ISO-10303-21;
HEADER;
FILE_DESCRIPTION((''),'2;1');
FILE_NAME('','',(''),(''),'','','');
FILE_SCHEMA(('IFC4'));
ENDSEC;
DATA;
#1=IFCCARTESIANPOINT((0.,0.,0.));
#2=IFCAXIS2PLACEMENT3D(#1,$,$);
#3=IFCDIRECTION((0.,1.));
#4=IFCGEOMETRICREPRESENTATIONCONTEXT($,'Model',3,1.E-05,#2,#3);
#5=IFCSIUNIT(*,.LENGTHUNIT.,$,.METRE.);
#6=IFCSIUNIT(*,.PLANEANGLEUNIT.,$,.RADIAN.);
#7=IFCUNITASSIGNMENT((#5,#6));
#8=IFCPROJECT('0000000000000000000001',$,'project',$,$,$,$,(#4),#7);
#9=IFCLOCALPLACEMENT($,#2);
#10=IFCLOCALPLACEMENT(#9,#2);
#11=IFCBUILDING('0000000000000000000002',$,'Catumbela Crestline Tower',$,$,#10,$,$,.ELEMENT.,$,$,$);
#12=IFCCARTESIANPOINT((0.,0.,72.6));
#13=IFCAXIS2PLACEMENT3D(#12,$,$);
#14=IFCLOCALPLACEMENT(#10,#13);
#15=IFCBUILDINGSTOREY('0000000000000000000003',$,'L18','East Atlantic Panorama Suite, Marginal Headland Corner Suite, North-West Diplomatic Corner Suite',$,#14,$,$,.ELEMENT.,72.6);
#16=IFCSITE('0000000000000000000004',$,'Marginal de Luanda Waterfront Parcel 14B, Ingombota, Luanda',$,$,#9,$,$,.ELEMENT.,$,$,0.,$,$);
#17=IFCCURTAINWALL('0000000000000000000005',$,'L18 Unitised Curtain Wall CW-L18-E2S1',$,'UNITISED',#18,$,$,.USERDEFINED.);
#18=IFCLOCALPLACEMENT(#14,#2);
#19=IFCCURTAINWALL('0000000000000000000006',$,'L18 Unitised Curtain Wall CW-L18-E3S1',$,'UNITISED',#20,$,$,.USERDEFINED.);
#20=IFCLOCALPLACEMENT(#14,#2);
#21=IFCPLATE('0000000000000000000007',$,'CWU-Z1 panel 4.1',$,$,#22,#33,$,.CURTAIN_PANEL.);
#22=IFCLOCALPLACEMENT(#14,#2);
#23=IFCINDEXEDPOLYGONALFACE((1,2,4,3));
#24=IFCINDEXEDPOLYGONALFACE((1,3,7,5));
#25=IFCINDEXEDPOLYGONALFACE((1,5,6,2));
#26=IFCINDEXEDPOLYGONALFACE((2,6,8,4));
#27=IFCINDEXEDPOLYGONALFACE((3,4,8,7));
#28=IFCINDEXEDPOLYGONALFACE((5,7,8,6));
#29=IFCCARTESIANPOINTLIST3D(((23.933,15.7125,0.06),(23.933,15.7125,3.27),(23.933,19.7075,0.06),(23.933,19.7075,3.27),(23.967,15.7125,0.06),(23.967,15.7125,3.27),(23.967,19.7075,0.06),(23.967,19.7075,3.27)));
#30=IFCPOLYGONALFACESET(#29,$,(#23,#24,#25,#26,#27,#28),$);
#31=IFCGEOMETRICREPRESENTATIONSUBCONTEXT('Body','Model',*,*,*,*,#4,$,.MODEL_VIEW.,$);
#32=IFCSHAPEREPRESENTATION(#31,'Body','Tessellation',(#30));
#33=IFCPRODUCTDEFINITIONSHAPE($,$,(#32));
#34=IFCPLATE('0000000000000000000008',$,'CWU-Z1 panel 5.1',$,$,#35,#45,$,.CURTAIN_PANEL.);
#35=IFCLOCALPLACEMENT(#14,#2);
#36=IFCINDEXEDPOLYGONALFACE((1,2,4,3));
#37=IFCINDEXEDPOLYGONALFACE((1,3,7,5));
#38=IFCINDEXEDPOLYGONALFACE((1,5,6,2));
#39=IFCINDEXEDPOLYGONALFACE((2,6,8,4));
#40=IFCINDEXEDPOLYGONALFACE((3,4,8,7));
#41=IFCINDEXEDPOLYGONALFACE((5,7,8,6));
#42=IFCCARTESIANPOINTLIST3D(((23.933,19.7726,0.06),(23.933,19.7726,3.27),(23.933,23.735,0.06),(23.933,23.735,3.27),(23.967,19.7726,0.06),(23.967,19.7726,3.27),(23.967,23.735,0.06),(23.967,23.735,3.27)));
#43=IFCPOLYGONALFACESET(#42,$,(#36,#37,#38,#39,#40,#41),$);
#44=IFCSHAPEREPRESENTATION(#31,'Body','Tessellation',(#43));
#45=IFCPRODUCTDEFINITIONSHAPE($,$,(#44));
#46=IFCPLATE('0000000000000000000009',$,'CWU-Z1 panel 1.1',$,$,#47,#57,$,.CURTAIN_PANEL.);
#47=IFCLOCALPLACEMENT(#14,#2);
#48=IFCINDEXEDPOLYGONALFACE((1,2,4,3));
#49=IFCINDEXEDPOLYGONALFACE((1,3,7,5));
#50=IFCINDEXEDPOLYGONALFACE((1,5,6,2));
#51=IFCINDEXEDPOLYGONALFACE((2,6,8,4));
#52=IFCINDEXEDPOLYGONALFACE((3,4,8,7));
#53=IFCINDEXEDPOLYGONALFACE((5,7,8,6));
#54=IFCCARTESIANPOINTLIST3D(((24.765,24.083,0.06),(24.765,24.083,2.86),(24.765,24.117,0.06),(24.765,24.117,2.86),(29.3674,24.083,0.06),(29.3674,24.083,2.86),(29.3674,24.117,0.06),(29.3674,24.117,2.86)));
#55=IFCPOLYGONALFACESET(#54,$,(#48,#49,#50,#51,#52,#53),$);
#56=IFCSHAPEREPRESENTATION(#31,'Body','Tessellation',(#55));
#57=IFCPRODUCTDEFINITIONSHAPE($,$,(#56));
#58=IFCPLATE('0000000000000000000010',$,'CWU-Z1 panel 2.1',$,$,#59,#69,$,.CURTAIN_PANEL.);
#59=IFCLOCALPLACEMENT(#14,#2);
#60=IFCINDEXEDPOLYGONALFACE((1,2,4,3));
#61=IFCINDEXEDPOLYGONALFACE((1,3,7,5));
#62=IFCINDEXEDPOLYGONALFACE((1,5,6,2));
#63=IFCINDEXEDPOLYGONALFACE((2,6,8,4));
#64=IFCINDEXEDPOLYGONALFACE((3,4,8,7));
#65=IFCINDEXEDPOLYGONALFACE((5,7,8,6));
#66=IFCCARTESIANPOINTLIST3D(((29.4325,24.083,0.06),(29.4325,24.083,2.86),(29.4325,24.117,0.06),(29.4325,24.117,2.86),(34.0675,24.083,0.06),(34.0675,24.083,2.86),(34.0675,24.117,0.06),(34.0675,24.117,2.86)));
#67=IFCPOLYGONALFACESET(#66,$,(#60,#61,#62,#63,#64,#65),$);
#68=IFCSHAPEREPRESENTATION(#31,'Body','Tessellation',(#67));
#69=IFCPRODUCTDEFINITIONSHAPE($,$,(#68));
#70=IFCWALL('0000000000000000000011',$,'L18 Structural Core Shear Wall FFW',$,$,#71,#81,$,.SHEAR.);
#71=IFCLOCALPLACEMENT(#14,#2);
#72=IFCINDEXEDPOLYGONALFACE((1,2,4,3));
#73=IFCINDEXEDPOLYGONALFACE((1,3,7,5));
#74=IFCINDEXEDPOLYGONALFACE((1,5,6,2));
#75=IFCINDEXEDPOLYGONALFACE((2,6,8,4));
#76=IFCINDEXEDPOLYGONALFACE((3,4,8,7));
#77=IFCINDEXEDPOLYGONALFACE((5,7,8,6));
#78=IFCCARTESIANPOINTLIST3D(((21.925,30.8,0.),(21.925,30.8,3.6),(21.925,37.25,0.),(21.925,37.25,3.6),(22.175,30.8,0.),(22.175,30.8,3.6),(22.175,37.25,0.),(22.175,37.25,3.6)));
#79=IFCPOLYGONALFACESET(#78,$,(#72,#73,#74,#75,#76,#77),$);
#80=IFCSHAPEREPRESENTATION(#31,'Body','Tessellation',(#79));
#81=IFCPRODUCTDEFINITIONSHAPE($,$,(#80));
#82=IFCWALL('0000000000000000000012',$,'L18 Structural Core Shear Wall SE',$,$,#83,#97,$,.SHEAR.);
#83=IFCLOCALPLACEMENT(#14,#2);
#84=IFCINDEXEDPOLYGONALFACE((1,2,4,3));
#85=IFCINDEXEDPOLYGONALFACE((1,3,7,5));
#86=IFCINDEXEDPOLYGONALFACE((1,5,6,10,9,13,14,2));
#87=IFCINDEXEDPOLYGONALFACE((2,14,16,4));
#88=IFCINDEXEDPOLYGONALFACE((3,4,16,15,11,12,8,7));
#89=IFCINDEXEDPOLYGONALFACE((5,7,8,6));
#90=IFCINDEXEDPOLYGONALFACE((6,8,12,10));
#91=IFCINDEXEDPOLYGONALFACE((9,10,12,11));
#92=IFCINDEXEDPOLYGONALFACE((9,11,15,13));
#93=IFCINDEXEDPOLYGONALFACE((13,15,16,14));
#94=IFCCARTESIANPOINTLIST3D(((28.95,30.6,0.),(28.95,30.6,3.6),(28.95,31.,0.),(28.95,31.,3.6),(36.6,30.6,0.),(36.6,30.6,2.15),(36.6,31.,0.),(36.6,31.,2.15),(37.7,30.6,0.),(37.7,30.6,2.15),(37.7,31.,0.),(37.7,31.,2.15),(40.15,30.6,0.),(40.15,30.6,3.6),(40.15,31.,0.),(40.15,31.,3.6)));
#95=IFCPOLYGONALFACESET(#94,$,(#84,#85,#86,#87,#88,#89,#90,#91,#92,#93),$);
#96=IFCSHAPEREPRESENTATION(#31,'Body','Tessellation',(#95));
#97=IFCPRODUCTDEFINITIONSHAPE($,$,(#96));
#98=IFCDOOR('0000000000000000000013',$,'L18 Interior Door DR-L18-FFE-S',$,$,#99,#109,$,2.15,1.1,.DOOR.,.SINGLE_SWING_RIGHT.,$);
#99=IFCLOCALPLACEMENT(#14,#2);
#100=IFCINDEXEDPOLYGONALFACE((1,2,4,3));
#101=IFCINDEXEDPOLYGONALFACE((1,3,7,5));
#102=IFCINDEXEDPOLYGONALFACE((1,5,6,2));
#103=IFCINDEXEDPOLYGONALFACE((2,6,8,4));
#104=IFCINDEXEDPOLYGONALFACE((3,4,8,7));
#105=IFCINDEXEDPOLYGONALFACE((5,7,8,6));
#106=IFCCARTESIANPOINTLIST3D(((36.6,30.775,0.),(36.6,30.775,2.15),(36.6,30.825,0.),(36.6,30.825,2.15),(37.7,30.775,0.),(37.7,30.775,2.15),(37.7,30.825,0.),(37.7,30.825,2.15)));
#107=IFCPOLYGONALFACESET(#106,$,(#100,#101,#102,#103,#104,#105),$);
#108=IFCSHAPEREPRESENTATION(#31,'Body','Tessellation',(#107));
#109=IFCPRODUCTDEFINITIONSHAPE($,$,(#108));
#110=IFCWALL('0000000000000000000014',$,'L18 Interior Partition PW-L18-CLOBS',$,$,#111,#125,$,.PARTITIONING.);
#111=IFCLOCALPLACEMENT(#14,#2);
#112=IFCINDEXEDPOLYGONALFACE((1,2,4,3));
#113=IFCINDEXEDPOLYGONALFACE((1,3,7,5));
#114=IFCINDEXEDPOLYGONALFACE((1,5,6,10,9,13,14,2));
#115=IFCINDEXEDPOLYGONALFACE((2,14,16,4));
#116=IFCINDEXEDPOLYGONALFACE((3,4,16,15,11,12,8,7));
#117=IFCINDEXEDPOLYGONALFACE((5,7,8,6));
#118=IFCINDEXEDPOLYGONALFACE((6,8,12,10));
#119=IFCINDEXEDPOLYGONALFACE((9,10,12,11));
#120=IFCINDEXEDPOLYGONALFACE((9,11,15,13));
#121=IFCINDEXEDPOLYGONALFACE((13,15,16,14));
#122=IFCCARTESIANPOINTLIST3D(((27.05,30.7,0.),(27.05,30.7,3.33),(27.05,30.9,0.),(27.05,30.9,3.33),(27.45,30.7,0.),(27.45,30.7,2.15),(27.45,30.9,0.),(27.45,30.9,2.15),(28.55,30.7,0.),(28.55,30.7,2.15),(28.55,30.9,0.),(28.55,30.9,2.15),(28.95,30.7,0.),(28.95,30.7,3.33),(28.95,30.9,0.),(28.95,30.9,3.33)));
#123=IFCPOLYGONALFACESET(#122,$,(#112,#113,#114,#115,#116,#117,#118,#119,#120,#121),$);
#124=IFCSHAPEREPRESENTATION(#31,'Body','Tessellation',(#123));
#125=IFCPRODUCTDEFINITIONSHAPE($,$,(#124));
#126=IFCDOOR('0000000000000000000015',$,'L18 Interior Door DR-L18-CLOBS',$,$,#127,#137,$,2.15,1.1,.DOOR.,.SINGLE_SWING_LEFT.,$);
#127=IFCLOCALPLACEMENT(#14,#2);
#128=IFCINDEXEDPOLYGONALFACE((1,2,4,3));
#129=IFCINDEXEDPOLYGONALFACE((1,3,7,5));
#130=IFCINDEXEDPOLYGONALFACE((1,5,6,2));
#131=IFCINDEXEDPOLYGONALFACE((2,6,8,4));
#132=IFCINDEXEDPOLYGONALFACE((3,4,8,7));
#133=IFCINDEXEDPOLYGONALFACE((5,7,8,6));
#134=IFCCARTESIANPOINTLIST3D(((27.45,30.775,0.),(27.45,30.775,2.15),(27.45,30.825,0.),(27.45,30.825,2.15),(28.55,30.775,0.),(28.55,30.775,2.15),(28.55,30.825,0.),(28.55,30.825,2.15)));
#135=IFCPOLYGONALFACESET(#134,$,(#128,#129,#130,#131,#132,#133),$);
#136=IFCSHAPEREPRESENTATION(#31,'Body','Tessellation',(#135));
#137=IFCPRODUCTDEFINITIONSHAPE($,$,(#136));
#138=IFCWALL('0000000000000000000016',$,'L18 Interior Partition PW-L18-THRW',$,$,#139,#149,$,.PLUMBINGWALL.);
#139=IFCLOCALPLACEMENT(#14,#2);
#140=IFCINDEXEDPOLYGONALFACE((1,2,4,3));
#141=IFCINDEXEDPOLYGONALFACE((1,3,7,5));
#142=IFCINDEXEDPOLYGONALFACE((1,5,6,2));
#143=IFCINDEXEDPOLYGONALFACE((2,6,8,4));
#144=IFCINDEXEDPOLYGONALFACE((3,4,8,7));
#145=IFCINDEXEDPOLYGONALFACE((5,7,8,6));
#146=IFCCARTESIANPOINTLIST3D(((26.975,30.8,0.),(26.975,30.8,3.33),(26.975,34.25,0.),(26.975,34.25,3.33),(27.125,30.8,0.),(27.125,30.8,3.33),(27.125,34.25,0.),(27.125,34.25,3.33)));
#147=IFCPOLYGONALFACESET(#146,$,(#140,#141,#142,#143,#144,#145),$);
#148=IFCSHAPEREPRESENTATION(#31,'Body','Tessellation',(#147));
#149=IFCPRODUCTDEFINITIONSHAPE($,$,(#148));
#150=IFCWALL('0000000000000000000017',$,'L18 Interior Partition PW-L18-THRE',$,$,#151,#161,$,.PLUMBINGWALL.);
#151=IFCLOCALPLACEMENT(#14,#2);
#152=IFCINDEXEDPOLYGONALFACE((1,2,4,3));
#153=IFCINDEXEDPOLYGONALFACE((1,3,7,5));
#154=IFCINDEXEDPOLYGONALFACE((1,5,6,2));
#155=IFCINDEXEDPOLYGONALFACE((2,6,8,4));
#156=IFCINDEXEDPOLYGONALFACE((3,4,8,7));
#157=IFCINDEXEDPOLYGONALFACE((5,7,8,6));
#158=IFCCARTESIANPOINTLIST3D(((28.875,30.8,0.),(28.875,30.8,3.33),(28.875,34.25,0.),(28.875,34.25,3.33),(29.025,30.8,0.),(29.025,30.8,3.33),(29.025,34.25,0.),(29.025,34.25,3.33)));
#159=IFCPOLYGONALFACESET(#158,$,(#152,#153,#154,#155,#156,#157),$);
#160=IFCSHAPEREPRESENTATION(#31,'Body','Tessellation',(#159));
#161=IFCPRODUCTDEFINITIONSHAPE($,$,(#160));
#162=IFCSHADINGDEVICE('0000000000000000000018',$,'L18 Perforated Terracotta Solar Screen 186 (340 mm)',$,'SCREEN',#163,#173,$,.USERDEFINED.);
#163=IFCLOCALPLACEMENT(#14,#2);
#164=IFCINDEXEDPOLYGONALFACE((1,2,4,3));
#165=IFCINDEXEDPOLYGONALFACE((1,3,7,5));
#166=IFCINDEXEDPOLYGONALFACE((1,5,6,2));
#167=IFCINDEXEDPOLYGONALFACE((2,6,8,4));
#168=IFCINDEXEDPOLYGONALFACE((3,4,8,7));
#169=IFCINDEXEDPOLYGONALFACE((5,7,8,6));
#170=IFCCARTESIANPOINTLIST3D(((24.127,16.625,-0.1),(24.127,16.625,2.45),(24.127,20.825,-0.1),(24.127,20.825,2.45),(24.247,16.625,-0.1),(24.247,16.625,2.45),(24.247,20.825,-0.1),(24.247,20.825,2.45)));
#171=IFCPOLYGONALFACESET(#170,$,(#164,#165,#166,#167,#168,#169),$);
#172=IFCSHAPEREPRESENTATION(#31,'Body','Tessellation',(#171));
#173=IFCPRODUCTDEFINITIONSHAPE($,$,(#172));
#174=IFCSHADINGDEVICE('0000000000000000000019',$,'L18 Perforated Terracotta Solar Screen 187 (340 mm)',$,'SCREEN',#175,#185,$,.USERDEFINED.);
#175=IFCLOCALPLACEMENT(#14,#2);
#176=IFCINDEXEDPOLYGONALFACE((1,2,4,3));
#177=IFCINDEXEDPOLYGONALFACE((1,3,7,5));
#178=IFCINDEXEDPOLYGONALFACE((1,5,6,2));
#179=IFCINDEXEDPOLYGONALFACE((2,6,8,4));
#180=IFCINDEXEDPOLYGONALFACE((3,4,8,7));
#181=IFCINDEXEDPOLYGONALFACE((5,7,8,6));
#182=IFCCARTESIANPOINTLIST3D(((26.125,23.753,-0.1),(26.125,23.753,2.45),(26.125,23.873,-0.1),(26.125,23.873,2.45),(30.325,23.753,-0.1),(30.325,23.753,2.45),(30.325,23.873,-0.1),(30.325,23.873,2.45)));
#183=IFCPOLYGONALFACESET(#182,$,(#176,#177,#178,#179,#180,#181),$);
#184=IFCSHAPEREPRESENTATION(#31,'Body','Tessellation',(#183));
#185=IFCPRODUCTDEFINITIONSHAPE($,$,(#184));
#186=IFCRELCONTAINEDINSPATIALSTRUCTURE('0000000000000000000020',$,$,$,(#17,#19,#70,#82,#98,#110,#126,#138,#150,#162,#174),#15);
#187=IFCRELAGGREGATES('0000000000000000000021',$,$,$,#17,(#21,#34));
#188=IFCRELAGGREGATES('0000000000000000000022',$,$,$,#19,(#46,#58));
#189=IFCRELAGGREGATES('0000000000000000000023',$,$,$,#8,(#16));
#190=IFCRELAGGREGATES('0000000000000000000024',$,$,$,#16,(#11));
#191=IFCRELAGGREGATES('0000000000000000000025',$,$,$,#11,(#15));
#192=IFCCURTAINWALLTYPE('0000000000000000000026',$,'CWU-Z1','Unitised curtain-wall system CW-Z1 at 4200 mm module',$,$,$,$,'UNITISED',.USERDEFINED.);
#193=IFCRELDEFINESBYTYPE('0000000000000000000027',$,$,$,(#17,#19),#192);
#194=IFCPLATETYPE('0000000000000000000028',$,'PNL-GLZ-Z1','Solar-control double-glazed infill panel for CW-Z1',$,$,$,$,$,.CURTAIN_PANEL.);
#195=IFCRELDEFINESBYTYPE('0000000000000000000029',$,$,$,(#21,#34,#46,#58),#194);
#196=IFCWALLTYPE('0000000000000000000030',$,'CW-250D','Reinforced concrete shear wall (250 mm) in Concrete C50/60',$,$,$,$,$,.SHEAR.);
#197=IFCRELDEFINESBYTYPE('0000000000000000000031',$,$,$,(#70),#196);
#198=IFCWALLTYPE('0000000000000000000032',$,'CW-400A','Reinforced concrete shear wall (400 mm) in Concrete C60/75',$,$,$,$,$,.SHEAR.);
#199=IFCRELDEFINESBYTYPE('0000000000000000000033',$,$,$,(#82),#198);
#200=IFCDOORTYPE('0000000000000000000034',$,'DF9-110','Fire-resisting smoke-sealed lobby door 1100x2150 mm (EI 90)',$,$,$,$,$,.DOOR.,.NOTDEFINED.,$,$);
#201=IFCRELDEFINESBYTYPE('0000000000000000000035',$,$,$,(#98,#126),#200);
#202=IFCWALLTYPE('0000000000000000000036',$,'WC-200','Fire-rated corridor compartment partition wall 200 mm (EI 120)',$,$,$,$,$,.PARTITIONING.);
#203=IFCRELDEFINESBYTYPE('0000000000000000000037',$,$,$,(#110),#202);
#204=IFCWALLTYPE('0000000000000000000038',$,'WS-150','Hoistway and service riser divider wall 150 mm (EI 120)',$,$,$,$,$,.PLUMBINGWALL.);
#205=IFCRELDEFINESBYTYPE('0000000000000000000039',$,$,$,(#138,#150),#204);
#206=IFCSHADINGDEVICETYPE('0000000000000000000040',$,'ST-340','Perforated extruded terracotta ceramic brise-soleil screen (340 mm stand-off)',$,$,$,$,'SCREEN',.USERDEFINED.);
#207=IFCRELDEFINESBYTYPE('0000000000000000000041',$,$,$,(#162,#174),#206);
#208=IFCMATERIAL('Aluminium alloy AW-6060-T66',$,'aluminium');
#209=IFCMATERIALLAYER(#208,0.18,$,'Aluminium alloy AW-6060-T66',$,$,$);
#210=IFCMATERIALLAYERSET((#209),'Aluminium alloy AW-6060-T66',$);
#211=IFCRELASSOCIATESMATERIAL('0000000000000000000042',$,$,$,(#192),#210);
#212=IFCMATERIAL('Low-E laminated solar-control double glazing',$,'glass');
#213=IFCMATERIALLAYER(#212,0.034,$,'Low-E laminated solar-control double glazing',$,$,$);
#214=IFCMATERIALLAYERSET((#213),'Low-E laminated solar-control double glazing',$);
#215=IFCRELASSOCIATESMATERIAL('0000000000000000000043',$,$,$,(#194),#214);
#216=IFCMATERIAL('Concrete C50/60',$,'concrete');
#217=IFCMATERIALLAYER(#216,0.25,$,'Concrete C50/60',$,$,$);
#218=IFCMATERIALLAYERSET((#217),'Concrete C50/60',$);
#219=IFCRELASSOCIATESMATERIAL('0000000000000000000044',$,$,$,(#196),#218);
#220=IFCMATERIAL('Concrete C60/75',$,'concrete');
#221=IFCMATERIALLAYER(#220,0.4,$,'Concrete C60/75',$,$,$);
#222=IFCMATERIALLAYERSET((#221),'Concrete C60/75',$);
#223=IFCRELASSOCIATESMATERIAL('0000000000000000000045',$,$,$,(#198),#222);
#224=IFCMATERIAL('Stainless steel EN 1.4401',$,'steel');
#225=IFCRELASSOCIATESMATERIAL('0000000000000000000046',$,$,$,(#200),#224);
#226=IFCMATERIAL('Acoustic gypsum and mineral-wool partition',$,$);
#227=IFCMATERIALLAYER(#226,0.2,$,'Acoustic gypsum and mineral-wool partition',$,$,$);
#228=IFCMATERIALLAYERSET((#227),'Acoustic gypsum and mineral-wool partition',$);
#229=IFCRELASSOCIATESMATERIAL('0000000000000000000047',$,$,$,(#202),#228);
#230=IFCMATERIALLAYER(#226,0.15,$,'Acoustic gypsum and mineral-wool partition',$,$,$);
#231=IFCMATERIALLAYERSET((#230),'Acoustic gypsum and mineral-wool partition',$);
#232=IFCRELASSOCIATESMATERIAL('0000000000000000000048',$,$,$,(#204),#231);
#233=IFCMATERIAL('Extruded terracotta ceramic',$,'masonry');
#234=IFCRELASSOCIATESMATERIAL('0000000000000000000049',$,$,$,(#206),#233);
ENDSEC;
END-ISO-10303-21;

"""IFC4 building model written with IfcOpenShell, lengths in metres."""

from ifc_helpers import new_model, si_unit, direction, frame, frame_2d, origin, origin_2d, place, context, subcontext, project, spatial, rectangle, extrude, material, layer, layer_set, type_object, element, fill, aggregate, save


model = new_model("IFC4")

# Units and contexts
model_context = context("Model", 3, precision=1e-05, world=origin(), true_north=direction((0.0, 1.0)))
body_context = subcontext(model_context, "Body", "Model", "MODEL_VIEW")
ifc_project = project(units=[si_unit("LENGTHUNIT", "METRE"), si_unit("PLANEANGLEUNIT", "RADIAN")], contexts=[model_context])

# Site, building, storey
site_placement = place(None, origin())
site = spatial("IfcSite", under=ifc_project, at=site_placement, Name="Marginal de Luanda Waterfront Parcel 14B, Ingombota, Luanda", CompositionType="ELEMENT", RefElevation=0.0)
building_placement = place(site_placement, origin())
building = spatial("IfcBuilding", under=site, at=building_placement, Name="Catumbela Crestline Tower", CompositionType="ELEMENT")
storey_placement = place(building_placement, frame((0.0, 0.0, 72.6)))
storey = spatial("IfcBuildingStorey", under=building, at=storey_placement, Name="L18", Description="East Atlantic Panorama Suite, Marginal Headland Corner Suite, North-West Diplomatic Corner Suite", CompositionType="ELEMENT", Elevation=72.6)

# Shared definitions
ifc_material_1 = material(Name="Concrete C60/75", Category="concrete")

# Curtain walls
ifc_material_2 = material(Name="Aluminium alloy AW-6060-T66", Category="aluminium")
ifc_layer_1 = layer(ifc_material_2, 0.18, Name="Aluminium alloy AW-6060-T66")
ifc_layer_set_1 = layer_set([ifc_layer_1], Name="Aluminium alloy AW-6060-T66")
curtain_wall_type = type_object("IfcCurtainWallType", Name="CWU-Z1", Description="Unitised curtain-wall system CW-Z1 at 4200 mm module", ElementType="UNITISED", PredefinedType="USERDEFINED", material=ifc_layer_set_1)
curtain_wall_1_placement = place(storey_placement, origin())
curtain_wall_1 = element("IfcCurtainWall", 1, at=curtain_wall_1_placement, inside=storey, type_object=curtain_wall_type, Name="L18 Unitised Curtain Wall CW-L18-E2S1", ObjectType="UNITISED", PredefinedType="USERDEFINED")
curtain_wall_2_placement = place(storey_placement, origin())
curtain_wall_2 = element("IfcCurtainWall", 2, at=curtain_wall_2_placement, inside=storey, type_object=curtain_wall_type, Name="L18 Unitised Curtain Wall CW-L18-E3S1", ObjectType="UNITISED", PredefinedType="USERDEFINED")

# Plates
ifc_material_3 = material(Name="Low-E laminated solar-control double glazing", Category="glass")
ifc_layer_2 = layer(ifc_material_3, 0.034, Name="Low-E laminated solar-control double glazing")
ifc_layer_set_2 = layer_set([ifc_layer_2], Name="Low-E laminated solar-control double glazing")
plate_type = type_object("IfcPlateType", Name="PNL-GLZ-Z1", Description="Solar-control double-glazed infill panel for CW-Z1", PredefinedType="CURTAIN_PANEL", material=ifc_layer_set_2)
plate_1_placement = place(storey_placement, frame((23.95, 17.71, 0.06), z_axis=(0.0, 0.0, 1.0), x_axis=(0.0, 1.0, 0.0)))
plate_1 = element("IfcPlate", 3, at=plate_1_placement, type_object=plate_type, Name="CWU-Z1 panel 4.1", PredefinedType="CURTAIN_PANEL", context=body_context, shape_type="SweptSolid", body=[
    extrude(rectangle(XDim=3.995, YDim=0.034, at=origin_2d()), origin(), (0.0, 0.0, 1.0), 3.21),
])
plate_2_placement = place(storey_placement, frame((23.95, 21.7538, 0.06), z_axis=(0.0, 0.0, 1.0), x_axis=(0.0, 1.0, 0.0)))
plate_2 = element("IfcPlate", 4, at=plate_2_placement, type_object=plate_type, Name="CWU-Z1 panel 5.1", PredefinedType="CURTAIN_PANEL", context=body_context, shape_type="SweptSolid", body=[
    extrude(rectangle(XDim=3.9625, YDim=0.034, at=origin_2d()), origin(), (0.0, 0.0, 1.0), 3.21),
])
aggregate(curtain_wall_1, [plate_1, plate_2])
plate_3_placement = place(storey_placement, frame((27.0662, 24.1, 0.06), z_axis=(0.0, 0.0, 1.0), x_axis=(1.0, 0.0, 0.0)))
plate_3 = element("IfcPlate", 5, at=plate_3_placement, type_object=plate_type, Name="CWU-Z1 panel 1.1", PredefinedType="CURTAIN_PANEL", context=body_context, shape_type="SweptSolid", body=[
    extrude(rectangle(XDim=4.6025, YDim=0.034, at=origin_2d()), origin(), (0.0, 0.0, 1.0), 2.8),
])
plate_4_placement = place(storey_placement, frame((31.75, 24.1, 0.06), z_axis=(0.0, 0.0, 1.0), x_axis=(1.0, 0.0, 0.0)))
plate_4 = element("IfcPlate", 6, at=plate_4_placement, type_object=plate_type, Name="CWU-Z1 panel 2.1", PredefinedType="CURTAIN_PANEL", context=body_context, shape_type="SweptSolid", body=[
    extrude(rectangle(XDim=4.635, YDim=0.034, at=origin_2d()), origin(), (0.0, 0.0, 1.0), 2.8),
])
aggregate(curtain_wall_2, [plate_3, plate_4])

# Wall
ifc_material_4 = material(Name="Concrete C50/60", Category="concrete")
ifc_layer_3 = layer(ifc_material_4, 0.25, Name="Concrete C50/60")
ifc_layer_set_3 = layer_set([ifc_layer_3], Name="Concrete C50/60")
wall_type_1 = type_object("IfcWallType", Name="CW-250D", Description="Reinforced concrete shear wall (250 mm) in Concrete C50/60", PredefinedType="SHEAR", material=ifc_layer_set_3)
wall_1_placement = place(storey_placement, frame((22.05, 30.8, 0.0), z_axis=(0.0, 0.0, 1.0), x_axis=(0.0, 1.0, 0.0)))
element("IfcWall", 7, at=wall_1_placement, inside=storey, type_object=wall_type_1, Name="L18 Structural Core Shear Wall FFW", PredefinedType="SHEAR", context=body_context, shape_type="SweptSolid", body=[
    extrude(rectangle(XDim=6.45, YDim=0.25, at=frame_2d((3.225, 0.0))), origin(), (0.0, 0.0, 1.0), 3.6),
])

# Walls, openings, doors
ifc_layer_4 = layer(ifc_material_1, 0.4, Name="Concrete C60/75")
ifc_layer_set_4 = layer_set([ifc_layer_4], Name="Concrete C60/75")
wall_type_2 = type_object("IfcWallType", Name="CW-400A", Description="Reinforced concrete shear wall (400 mm) in Concrete C60/75", PredefinedType="SHEAR", material=ifc_layer_set_4)
wall_2_placement = place(storey_placement, frame((28.95, 30.8, 0.0), z_axis=(0.0, 0.0, 1.0), x_axis=(1.0, 0.0, 0.0)))
wall_2 = element("IfcWall", 8, at=wall_2_placement, inside=storey, type_object=wall_type_2, Name="L18 Structural Core Shear Wall SE", PredefinedType="SHEAR", context=body_context, shape_type="SweptSolid", body=[
    extrude(rectangle(XDim=11.2, YDim=0.4, at=frame_2d((5.6, 0.0))), origin(), (0.0, 0.0, 1.0), 3.6),
])
opening_1_placement = place(wall_2_placement, frame((7.65, 0.0, 0.0)))
opening_1 = element("IfcOpeningElement", 9, at=opening_1_placement, cuts=wall_2, PredefinedType="OPENING", context=body_context, shape_type="SweptSolid", body=[
    extrude(rectangle(XDim=1.1, YDim=2.15, at=frame_2d((0.55, 1.075))), frame((0.0, 0.21, 0.0), z_axis=(0.0, -1.0, 0.0), x_axis=(1.0, 0.0, 0.0)), (0.0, 0.0, 1.0), 0.42),
])
ifc_material_5 = material(Name="Stainless steel EN 1.4401", Category="steel")
door_type = type_object("IfcDoorType", Name="DF9-110", Description="Fire-resisting smoke-sealed lobby door 1100x2150 mm (EI 90)", OperationType="NOTDEFINED", PredefinedType="DOOR", material=ifc_material_5)
door_1_placement = place(opening_1_placement, origin())
door_1 = element("IfcDoor", 10, at=door_1_placement, inside=storey, type_object=door_type, Name="L18 Interior Door DR-L18-FFE-S", OperationType="SINGLE_SWING_RIGHT", OverallHeight=2.15, OverallWidth=1.1, PredefinedType="DOOR", context=body_context, shape_type="SweptSolid", body=[
    extrude(rectangle(XDim=1.1, YDim=2.15, at=frame_2d((0.55, 1.075))), frame((0.0, 0.025, 0.0), z_axis=(0.0, -1.0, 0.0), x_axis=(1.0, 0.0, 0.0)), (0.0, 0.0, 1.0), 0.05),
])
fill(opening_1, door_1)
ifc_material_6 = material(Name="Acoustic gypsum and mineral-wool partition")
ifc_layer_5 = layer(ifc_material_6, 0.2, Name="Acoustic gypsum and mineral-wool partition")
ifc_layer_set_5 = layer_set([ifc_layer_5], Name="Acoustic gypsum and mineral-wool partition")
wall_type_3 = type_object("IfcWallType", Name="WC-200", Description="Fire-rated corridor compartment partition wall 200 mm (EI 120)", PredefinedType="PARTITIONING", material=ifc_layer_set_5)
wall_3_placement = place(storey_placement, frame((27.05, 30.8, 0.0), z_axis=(0.0, 0.0, 1.0), x_axis=(1.0, 0.0, 0.0)))
wall_3 = element("IfcWall", 11, at=wall_3_placement, inside=storey, type_object=wall_type_3, Name="L18 Interior Partition PW-L18-CLOBS", PredefinedType="PARTITIONING", context=body_context, shape_type="SweptSolid", body=[
    extrude(rectangle(XDim=1.9, YDim=0.2, at=frame_2d((0.95, 0.0))), origin(), (0.0, 0.0, 1.0), 3.33),
])
opening_2_placement = place(wall_3_placement, frame((0.4, 0.0, 0.0)))
opening_2 = element("IfcOpeningElement", 12, at=opening_2_placement, cuts=wall_3, PredefinedType="OPENING", context=body_context, shape_type="SweptSolid", body=[
    extrude(rectangle(XDim=1.1, YDim=2.15, at=frame_2d((0.55, 1.075))), frame((0.0, 0.11, 0.0), z_axis=(0.0, -1.0, 0.0), x_axis=(1.0, 0.0, 0.0)), (0.0, 0.0, 1.0), 0.22),
])
door_2_placement = place(opening_2_placement, origin())
door_2 = element("IfcDoor", 13, at=door_2_placement, inside=storey, type_object=door_type, Name="L18 Interior Door DR-L18-CLOBS", OperationType="SINGLE_SWING_LEFT", OverallHeight=2.15, OverallWidth=1.1, PredefinedType="DOOR", context=body_context, shape_type="SweptSolid", body=[
    extrude(rectangle(XDim=1.1, YDim=2.15, at=frame_2d((0.55, 1.075))), frame((0.0, 0.025, 0.0), z_axis=(0.0, -1.0, 0.0), x_axis=(1.0, 0.0, 0.0)), (0.0, 0.0, 1.0), 0.05),
])
fill(opening_2, door_2)

# Walls
ifc_layer_6 = layer(ifc_material_6, 0.15, Name="Acoustic gypsum and mineral-wool partition")
ifc_layer_set_6 = layer_set([ifc_layer_6], Name="Acoustic gypsum and mineral-wool partition")
wall_type_4 = type_object("IfcWallType", Name="WS-150", Description="Hoistway and service riser divider wall 150 mm (EI 120)", PredefinedType="PLUMBINGWALL", material=ifc_layer_set_6)
for number, where, z_axis, x_axis, name in (
    (14, (27.05, 30.8, 0.0), (0.0, 0.0, 1.0), (0.0, 1.0, 0.0), "L18 Interior Partition PW-L18-THRW"),
    (15, (28.95, 30.8, 0.0), (0.0, 0.0, 1.0), (0.0, 1.0, 0.0), "L18 Interior Partition PW-L18-THRE"),
):
    element("IfcWall", number, at=place(storey_placement, frame(where, z_axis=z_axis, x_axis=x_axis)), inside=storey, type_object=wall_type_4, Name=name, PredefinedType="PLUMBINGWALL", context=body_context, shape_type="SweptSolid", body=[
        extrude(rectangle(XDim=3.45, YDim=0.15, at=frame_2d((1.725, 0.0))), origin(), (0.0, 0.0, 1.0), 3.33),
    ])

# Shading devices
ifc_material_7 = material(Name="Extruded terracotta ceramic", Category="masonry")
shading_device_type = type_object("IfcShadingDeviceType", Name="ST-340", Description="Perforated extruded terracotta ceramic brise-soleil screen (340 mm stand-off)", ElementType="SCREEN", PredefinedType="USERDEFINED", material=ifc_material_7)
for number, where, z_axis, x_axis, name in (
    (16, (24.187, 18.725, -0.1), (0.0, 0.0, 1.0), (0.0, 1.0, 0.0), "L18 Perforated Terracotta Solar Screen 186 (340 mm)"),
    (17, (28.225, 23.813, -0.1), (0.0, 0.0, 1.0), (1.0, 0.0, 0.0), "L18 Perforated Terracotta Solar Screen 187 (340 mm)"),
):
    element("IfcShadingDevice", number, at=place(storey_placement, frame(where, z_axis=z_axis, x_axis=x_axis)), inside=storey, type_object=shading_device_type, Name=name, ObjectType="SCREEN", PredefinedType="USERDEFINED", context=body_context, shape_type="SweptSolid", body=[
        extrude(rectangle(XDim=4.2, YDim=0.12, at=origin_2d()), origin(), (0.0, 0.0, 1.0), 2.55),
    ])

save(model, "model.ifc")
